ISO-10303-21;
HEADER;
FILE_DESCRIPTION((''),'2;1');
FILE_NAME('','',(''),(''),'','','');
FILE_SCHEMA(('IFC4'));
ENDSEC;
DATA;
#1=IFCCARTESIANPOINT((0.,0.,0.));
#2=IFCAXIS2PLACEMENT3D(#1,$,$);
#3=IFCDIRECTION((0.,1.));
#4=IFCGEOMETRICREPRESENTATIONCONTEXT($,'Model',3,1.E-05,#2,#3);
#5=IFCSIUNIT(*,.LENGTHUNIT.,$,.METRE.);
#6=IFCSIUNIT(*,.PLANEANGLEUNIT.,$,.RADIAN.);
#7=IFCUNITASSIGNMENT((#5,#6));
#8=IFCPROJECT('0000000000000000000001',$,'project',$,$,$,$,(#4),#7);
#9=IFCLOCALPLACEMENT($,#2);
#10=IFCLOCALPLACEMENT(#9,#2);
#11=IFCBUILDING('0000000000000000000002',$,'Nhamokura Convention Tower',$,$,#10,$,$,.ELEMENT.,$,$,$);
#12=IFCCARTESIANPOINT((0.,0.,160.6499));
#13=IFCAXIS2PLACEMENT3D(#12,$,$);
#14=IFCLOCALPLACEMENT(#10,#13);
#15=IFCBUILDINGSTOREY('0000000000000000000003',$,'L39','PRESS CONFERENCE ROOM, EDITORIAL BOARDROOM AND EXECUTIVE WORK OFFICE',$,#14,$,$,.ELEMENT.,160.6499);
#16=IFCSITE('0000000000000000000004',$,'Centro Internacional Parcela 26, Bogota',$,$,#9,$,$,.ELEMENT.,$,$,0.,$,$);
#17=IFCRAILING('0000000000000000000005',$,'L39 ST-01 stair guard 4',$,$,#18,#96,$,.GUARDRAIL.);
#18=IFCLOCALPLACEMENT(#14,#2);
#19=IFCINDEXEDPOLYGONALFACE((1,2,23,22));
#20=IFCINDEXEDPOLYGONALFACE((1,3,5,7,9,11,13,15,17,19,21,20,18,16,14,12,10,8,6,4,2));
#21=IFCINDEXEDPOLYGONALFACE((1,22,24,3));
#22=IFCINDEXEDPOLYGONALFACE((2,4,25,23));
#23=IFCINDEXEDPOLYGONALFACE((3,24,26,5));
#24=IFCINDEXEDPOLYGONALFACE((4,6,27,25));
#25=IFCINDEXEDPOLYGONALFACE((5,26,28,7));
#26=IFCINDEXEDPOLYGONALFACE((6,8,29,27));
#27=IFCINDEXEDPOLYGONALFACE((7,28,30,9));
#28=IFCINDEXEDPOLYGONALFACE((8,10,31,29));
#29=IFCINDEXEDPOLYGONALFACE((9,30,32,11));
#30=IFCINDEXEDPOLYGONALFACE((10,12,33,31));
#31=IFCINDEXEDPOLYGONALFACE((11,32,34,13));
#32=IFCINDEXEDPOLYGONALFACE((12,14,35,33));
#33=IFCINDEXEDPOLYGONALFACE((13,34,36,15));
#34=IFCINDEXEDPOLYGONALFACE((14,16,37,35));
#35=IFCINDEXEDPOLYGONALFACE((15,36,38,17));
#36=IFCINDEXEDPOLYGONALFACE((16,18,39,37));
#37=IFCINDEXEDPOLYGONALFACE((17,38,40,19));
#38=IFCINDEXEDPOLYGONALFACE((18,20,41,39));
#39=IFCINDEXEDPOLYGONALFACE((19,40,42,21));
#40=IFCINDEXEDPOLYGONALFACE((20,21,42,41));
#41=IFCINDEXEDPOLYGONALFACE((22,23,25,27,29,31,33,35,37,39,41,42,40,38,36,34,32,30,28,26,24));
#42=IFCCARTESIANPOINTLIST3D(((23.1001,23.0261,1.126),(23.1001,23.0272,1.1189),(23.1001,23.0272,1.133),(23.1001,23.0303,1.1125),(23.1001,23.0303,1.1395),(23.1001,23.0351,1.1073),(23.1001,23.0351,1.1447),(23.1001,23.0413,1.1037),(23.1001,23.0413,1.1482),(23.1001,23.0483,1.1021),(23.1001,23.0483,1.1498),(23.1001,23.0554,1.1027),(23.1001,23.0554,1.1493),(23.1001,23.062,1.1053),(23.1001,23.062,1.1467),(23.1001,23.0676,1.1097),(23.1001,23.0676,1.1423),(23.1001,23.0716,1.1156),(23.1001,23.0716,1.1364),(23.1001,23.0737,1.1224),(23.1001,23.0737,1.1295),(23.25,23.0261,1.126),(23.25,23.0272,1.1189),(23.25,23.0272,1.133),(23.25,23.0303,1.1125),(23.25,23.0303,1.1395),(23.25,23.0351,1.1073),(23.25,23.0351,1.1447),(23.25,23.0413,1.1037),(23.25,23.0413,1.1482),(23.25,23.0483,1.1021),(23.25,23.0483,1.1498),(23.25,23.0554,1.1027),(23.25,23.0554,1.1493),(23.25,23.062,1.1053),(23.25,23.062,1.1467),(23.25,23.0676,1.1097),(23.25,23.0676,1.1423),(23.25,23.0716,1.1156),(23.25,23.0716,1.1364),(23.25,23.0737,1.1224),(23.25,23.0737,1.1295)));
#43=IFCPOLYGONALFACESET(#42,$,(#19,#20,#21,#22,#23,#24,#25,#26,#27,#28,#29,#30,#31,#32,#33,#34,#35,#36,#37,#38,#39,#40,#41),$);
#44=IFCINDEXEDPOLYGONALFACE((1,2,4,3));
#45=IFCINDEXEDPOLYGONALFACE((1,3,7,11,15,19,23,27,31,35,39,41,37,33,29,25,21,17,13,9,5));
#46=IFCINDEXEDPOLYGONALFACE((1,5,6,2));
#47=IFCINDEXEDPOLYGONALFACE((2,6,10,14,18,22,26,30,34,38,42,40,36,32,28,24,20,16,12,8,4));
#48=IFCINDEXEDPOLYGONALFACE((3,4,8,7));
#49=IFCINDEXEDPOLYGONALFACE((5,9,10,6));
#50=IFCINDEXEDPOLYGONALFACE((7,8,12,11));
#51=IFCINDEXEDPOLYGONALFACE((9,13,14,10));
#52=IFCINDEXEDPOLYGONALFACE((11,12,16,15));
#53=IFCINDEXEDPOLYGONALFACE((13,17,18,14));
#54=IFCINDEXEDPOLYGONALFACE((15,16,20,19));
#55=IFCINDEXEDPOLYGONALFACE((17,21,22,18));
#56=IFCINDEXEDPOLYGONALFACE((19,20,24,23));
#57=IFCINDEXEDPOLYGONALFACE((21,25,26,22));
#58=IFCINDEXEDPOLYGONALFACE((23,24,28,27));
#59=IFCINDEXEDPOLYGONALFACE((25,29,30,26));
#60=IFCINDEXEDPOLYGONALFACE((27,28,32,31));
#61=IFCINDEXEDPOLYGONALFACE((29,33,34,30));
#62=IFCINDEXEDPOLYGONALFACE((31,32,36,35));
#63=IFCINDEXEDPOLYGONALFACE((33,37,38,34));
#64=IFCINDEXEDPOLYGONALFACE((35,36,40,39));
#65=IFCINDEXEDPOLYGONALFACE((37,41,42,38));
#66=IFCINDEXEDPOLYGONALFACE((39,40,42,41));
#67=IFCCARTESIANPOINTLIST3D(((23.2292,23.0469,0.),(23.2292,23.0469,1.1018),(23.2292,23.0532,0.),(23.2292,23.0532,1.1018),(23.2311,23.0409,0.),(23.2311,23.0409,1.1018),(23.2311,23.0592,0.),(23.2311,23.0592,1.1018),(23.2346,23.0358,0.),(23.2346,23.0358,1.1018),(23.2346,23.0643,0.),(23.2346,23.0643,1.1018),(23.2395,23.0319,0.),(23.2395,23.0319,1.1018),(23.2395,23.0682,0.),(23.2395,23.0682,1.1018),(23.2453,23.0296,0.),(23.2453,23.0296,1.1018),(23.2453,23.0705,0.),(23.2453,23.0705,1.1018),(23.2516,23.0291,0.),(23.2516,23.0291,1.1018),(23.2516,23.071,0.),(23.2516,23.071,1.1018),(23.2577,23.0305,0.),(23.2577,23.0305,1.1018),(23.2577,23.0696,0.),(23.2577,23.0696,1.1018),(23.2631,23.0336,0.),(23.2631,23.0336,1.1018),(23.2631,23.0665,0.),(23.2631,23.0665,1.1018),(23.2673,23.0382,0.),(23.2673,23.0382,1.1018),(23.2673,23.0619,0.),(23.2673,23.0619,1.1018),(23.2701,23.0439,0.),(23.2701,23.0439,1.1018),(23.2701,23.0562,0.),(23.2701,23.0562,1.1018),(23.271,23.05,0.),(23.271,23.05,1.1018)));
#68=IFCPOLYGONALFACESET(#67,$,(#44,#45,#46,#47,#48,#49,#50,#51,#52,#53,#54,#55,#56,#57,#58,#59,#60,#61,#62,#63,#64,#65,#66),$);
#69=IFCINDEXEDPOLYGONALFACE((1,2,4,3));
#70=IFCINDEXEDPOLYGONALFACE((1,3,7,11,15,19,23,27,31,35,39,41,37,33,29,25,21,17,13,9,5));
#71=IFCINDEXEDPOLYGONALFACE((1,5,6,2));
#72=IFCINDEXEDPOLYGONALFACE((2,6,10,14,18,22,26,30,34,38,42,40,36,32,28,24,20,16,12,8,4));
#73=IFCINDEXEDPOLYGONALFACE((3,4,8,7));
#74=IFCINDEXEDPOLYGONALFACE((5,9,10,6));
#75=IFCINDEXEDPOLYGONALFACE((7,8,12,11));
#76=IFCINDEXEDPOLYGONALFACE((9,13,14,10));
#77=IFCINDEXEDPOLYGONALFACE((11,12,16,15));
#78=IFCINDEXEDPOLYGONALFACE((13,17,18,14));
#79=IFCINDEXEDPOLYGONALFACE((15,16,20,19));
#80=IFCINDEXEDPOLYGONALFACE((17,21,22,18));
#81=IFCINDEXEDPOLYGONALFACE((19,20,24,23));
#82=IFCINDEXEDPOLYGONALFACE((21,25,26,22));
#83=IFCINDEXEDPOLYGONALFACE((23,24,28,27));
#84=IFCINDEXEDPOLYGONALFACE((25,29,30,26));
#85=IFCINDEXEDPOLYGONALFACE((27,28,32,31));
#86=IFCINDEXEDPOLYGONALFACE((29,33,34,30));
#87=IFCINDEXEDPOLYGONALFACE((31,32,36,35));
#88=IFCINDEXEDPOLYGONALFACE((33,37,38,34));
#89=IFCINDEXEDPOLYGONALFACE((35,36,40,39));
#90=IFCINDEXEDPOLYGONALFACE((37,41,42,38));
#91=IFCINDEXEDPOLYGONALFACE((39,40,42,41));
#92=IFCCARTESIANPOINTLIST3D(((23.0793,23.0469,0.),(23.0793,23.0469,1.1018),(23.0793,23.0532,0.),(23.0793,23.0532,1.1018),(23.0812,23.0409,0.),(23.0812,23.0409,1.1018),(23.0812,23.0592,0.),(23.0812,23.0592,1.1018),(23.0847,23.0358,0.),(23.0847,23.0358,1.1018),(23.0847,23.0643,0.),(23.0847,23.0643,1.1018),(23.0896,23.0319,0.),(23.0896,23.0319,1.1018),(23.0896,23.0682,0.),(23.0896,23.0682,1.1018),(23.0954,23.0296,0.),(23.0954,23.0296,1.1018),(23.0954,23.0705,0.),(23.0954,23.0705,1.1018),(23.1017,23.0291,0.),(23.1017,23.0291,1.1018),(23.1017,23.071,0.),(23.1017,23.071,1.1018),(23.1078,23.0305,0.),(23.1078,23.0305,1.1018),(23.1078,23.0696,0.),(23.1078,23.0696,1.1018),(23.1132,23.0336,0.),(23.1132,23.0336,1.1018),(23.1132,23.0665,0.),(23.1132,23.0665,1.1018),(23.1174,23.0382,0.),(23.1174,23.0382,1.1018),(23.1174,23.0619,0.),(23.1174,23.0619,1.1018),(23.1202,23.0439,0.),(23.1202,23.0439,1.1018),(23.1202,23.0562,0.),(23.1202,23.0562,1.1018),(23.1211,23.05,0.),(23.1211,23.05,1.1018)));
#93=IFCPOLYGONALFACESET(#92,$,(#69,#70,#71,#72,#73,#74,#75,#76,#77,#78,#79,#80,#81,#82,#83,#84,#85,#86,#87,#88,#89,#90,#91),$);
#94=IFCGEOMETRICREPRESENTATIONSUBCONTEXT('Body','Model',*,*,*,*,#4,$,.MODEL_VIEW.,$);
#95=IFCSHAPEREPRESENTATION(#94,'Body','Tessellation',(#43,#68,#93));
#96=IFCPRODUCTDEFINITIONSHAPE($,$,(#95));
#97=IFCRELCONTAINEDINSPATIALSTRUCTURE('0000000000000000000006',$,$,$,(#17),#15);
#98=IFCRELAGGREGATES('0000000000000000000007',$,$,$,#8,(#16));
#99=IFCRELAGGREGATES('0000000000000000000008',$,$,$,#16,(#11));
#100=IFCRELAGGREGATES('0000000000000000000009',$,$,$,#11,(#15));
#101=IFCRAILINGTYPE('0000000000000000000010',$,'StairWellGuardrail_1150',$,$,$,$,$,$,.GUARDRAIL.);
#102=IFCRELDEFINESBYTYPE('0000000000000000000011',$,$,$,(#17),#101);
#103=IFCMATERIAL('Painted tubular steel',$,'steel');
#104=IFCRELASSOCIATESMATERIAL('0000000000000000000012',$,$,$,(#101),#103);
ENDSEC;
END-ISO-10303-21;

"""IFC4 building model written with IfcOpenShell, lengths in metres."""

from ifc_helpers import new_model, si_unit, direction, frame, origin, origin_2d, place, context, subcontext, project, spatial, circle, extrude, material, type_object, element, save


model = new_model("IFC4")

# Units and contexts
model_context = context("Model", 3, precision=1e-05, world=origin(), true_north=direction((0.0, 1.0)))
body_context = subcontext(model_context, "Body", "Model", "MODEL_VIEW")
ifc_project = project(units=[si_unit("LENGTHUNIT", "METRE"), si_unit("PLANEANGLEUNIT", "RADIAN")], contexts=[model_context])

# Site, building, storey
site_placement = place(None, origin())
site = spatial("IfcSite", under=ifc_project, at=site_placement, Name="Centro Internacional Parcela 26, Bogota", CompositionType="ELEMENT", RefElevation=0.0)
building_placement = place(site_placement, origin())
building = spatial("IfcBuilding", under=site, at=building_placement, Name="Nhamokura Convention Tower", CompositionType="ELEMENT")
storey_placement = place(building_placement, frame((0.0, 0.0, 160.6499)))
storey = spatial("IfcBuildingStorey", under=building, at=storey_placement, Name="L39", Description="PRESS CONFERENCE ROOM, EDITORIAL BOARDROOM AND EXECUTIVE WORK OFFICE", CompositionType="ELEMENT", Elevation=160.6499)

# Railing
ifc_material_1 = material(Name="Painted tubular steel", Category="steel")
railing_type_1 = type_object("IfcRailingType", Name="StairWellGuardrail_1150", PredefinedType="GUARDRAIL", material=ifc_material_1)
railing_1_placement = place(storey_placement, frame((23.25, 23.05, 0.0)))
element("IfcRailing", 1, at=railing_1_placement, inside=storey, type_object=railing_type_1, Name="L39 ST-01 stair guard 4", PredefinedType="GUARDRAIL", context=body_context, shape_type="SweptSolid", body=[
    extrude(circle(Radius=0.0239, at=origin_2d()), frame((0.0, 0.0, 1.126), z_axis=(-1.0, 0.0, 0.0), x_axis=(0.0, -1.0, 0.0)), (0.0, 0.0, 1.0), 0.1499),
    extrude(circle(Radius=0.021, at=origin_2d()), origin(), (0.0, 0.0, 1.0), 1.1018),
    extrude(circle(Radius=0.021, at=origin_2d()), frame((-0.1499, 0.0, 0.0)), (0.0, 0.0, 1.0), 1.1018),
])

save(model, "model.ifc")
